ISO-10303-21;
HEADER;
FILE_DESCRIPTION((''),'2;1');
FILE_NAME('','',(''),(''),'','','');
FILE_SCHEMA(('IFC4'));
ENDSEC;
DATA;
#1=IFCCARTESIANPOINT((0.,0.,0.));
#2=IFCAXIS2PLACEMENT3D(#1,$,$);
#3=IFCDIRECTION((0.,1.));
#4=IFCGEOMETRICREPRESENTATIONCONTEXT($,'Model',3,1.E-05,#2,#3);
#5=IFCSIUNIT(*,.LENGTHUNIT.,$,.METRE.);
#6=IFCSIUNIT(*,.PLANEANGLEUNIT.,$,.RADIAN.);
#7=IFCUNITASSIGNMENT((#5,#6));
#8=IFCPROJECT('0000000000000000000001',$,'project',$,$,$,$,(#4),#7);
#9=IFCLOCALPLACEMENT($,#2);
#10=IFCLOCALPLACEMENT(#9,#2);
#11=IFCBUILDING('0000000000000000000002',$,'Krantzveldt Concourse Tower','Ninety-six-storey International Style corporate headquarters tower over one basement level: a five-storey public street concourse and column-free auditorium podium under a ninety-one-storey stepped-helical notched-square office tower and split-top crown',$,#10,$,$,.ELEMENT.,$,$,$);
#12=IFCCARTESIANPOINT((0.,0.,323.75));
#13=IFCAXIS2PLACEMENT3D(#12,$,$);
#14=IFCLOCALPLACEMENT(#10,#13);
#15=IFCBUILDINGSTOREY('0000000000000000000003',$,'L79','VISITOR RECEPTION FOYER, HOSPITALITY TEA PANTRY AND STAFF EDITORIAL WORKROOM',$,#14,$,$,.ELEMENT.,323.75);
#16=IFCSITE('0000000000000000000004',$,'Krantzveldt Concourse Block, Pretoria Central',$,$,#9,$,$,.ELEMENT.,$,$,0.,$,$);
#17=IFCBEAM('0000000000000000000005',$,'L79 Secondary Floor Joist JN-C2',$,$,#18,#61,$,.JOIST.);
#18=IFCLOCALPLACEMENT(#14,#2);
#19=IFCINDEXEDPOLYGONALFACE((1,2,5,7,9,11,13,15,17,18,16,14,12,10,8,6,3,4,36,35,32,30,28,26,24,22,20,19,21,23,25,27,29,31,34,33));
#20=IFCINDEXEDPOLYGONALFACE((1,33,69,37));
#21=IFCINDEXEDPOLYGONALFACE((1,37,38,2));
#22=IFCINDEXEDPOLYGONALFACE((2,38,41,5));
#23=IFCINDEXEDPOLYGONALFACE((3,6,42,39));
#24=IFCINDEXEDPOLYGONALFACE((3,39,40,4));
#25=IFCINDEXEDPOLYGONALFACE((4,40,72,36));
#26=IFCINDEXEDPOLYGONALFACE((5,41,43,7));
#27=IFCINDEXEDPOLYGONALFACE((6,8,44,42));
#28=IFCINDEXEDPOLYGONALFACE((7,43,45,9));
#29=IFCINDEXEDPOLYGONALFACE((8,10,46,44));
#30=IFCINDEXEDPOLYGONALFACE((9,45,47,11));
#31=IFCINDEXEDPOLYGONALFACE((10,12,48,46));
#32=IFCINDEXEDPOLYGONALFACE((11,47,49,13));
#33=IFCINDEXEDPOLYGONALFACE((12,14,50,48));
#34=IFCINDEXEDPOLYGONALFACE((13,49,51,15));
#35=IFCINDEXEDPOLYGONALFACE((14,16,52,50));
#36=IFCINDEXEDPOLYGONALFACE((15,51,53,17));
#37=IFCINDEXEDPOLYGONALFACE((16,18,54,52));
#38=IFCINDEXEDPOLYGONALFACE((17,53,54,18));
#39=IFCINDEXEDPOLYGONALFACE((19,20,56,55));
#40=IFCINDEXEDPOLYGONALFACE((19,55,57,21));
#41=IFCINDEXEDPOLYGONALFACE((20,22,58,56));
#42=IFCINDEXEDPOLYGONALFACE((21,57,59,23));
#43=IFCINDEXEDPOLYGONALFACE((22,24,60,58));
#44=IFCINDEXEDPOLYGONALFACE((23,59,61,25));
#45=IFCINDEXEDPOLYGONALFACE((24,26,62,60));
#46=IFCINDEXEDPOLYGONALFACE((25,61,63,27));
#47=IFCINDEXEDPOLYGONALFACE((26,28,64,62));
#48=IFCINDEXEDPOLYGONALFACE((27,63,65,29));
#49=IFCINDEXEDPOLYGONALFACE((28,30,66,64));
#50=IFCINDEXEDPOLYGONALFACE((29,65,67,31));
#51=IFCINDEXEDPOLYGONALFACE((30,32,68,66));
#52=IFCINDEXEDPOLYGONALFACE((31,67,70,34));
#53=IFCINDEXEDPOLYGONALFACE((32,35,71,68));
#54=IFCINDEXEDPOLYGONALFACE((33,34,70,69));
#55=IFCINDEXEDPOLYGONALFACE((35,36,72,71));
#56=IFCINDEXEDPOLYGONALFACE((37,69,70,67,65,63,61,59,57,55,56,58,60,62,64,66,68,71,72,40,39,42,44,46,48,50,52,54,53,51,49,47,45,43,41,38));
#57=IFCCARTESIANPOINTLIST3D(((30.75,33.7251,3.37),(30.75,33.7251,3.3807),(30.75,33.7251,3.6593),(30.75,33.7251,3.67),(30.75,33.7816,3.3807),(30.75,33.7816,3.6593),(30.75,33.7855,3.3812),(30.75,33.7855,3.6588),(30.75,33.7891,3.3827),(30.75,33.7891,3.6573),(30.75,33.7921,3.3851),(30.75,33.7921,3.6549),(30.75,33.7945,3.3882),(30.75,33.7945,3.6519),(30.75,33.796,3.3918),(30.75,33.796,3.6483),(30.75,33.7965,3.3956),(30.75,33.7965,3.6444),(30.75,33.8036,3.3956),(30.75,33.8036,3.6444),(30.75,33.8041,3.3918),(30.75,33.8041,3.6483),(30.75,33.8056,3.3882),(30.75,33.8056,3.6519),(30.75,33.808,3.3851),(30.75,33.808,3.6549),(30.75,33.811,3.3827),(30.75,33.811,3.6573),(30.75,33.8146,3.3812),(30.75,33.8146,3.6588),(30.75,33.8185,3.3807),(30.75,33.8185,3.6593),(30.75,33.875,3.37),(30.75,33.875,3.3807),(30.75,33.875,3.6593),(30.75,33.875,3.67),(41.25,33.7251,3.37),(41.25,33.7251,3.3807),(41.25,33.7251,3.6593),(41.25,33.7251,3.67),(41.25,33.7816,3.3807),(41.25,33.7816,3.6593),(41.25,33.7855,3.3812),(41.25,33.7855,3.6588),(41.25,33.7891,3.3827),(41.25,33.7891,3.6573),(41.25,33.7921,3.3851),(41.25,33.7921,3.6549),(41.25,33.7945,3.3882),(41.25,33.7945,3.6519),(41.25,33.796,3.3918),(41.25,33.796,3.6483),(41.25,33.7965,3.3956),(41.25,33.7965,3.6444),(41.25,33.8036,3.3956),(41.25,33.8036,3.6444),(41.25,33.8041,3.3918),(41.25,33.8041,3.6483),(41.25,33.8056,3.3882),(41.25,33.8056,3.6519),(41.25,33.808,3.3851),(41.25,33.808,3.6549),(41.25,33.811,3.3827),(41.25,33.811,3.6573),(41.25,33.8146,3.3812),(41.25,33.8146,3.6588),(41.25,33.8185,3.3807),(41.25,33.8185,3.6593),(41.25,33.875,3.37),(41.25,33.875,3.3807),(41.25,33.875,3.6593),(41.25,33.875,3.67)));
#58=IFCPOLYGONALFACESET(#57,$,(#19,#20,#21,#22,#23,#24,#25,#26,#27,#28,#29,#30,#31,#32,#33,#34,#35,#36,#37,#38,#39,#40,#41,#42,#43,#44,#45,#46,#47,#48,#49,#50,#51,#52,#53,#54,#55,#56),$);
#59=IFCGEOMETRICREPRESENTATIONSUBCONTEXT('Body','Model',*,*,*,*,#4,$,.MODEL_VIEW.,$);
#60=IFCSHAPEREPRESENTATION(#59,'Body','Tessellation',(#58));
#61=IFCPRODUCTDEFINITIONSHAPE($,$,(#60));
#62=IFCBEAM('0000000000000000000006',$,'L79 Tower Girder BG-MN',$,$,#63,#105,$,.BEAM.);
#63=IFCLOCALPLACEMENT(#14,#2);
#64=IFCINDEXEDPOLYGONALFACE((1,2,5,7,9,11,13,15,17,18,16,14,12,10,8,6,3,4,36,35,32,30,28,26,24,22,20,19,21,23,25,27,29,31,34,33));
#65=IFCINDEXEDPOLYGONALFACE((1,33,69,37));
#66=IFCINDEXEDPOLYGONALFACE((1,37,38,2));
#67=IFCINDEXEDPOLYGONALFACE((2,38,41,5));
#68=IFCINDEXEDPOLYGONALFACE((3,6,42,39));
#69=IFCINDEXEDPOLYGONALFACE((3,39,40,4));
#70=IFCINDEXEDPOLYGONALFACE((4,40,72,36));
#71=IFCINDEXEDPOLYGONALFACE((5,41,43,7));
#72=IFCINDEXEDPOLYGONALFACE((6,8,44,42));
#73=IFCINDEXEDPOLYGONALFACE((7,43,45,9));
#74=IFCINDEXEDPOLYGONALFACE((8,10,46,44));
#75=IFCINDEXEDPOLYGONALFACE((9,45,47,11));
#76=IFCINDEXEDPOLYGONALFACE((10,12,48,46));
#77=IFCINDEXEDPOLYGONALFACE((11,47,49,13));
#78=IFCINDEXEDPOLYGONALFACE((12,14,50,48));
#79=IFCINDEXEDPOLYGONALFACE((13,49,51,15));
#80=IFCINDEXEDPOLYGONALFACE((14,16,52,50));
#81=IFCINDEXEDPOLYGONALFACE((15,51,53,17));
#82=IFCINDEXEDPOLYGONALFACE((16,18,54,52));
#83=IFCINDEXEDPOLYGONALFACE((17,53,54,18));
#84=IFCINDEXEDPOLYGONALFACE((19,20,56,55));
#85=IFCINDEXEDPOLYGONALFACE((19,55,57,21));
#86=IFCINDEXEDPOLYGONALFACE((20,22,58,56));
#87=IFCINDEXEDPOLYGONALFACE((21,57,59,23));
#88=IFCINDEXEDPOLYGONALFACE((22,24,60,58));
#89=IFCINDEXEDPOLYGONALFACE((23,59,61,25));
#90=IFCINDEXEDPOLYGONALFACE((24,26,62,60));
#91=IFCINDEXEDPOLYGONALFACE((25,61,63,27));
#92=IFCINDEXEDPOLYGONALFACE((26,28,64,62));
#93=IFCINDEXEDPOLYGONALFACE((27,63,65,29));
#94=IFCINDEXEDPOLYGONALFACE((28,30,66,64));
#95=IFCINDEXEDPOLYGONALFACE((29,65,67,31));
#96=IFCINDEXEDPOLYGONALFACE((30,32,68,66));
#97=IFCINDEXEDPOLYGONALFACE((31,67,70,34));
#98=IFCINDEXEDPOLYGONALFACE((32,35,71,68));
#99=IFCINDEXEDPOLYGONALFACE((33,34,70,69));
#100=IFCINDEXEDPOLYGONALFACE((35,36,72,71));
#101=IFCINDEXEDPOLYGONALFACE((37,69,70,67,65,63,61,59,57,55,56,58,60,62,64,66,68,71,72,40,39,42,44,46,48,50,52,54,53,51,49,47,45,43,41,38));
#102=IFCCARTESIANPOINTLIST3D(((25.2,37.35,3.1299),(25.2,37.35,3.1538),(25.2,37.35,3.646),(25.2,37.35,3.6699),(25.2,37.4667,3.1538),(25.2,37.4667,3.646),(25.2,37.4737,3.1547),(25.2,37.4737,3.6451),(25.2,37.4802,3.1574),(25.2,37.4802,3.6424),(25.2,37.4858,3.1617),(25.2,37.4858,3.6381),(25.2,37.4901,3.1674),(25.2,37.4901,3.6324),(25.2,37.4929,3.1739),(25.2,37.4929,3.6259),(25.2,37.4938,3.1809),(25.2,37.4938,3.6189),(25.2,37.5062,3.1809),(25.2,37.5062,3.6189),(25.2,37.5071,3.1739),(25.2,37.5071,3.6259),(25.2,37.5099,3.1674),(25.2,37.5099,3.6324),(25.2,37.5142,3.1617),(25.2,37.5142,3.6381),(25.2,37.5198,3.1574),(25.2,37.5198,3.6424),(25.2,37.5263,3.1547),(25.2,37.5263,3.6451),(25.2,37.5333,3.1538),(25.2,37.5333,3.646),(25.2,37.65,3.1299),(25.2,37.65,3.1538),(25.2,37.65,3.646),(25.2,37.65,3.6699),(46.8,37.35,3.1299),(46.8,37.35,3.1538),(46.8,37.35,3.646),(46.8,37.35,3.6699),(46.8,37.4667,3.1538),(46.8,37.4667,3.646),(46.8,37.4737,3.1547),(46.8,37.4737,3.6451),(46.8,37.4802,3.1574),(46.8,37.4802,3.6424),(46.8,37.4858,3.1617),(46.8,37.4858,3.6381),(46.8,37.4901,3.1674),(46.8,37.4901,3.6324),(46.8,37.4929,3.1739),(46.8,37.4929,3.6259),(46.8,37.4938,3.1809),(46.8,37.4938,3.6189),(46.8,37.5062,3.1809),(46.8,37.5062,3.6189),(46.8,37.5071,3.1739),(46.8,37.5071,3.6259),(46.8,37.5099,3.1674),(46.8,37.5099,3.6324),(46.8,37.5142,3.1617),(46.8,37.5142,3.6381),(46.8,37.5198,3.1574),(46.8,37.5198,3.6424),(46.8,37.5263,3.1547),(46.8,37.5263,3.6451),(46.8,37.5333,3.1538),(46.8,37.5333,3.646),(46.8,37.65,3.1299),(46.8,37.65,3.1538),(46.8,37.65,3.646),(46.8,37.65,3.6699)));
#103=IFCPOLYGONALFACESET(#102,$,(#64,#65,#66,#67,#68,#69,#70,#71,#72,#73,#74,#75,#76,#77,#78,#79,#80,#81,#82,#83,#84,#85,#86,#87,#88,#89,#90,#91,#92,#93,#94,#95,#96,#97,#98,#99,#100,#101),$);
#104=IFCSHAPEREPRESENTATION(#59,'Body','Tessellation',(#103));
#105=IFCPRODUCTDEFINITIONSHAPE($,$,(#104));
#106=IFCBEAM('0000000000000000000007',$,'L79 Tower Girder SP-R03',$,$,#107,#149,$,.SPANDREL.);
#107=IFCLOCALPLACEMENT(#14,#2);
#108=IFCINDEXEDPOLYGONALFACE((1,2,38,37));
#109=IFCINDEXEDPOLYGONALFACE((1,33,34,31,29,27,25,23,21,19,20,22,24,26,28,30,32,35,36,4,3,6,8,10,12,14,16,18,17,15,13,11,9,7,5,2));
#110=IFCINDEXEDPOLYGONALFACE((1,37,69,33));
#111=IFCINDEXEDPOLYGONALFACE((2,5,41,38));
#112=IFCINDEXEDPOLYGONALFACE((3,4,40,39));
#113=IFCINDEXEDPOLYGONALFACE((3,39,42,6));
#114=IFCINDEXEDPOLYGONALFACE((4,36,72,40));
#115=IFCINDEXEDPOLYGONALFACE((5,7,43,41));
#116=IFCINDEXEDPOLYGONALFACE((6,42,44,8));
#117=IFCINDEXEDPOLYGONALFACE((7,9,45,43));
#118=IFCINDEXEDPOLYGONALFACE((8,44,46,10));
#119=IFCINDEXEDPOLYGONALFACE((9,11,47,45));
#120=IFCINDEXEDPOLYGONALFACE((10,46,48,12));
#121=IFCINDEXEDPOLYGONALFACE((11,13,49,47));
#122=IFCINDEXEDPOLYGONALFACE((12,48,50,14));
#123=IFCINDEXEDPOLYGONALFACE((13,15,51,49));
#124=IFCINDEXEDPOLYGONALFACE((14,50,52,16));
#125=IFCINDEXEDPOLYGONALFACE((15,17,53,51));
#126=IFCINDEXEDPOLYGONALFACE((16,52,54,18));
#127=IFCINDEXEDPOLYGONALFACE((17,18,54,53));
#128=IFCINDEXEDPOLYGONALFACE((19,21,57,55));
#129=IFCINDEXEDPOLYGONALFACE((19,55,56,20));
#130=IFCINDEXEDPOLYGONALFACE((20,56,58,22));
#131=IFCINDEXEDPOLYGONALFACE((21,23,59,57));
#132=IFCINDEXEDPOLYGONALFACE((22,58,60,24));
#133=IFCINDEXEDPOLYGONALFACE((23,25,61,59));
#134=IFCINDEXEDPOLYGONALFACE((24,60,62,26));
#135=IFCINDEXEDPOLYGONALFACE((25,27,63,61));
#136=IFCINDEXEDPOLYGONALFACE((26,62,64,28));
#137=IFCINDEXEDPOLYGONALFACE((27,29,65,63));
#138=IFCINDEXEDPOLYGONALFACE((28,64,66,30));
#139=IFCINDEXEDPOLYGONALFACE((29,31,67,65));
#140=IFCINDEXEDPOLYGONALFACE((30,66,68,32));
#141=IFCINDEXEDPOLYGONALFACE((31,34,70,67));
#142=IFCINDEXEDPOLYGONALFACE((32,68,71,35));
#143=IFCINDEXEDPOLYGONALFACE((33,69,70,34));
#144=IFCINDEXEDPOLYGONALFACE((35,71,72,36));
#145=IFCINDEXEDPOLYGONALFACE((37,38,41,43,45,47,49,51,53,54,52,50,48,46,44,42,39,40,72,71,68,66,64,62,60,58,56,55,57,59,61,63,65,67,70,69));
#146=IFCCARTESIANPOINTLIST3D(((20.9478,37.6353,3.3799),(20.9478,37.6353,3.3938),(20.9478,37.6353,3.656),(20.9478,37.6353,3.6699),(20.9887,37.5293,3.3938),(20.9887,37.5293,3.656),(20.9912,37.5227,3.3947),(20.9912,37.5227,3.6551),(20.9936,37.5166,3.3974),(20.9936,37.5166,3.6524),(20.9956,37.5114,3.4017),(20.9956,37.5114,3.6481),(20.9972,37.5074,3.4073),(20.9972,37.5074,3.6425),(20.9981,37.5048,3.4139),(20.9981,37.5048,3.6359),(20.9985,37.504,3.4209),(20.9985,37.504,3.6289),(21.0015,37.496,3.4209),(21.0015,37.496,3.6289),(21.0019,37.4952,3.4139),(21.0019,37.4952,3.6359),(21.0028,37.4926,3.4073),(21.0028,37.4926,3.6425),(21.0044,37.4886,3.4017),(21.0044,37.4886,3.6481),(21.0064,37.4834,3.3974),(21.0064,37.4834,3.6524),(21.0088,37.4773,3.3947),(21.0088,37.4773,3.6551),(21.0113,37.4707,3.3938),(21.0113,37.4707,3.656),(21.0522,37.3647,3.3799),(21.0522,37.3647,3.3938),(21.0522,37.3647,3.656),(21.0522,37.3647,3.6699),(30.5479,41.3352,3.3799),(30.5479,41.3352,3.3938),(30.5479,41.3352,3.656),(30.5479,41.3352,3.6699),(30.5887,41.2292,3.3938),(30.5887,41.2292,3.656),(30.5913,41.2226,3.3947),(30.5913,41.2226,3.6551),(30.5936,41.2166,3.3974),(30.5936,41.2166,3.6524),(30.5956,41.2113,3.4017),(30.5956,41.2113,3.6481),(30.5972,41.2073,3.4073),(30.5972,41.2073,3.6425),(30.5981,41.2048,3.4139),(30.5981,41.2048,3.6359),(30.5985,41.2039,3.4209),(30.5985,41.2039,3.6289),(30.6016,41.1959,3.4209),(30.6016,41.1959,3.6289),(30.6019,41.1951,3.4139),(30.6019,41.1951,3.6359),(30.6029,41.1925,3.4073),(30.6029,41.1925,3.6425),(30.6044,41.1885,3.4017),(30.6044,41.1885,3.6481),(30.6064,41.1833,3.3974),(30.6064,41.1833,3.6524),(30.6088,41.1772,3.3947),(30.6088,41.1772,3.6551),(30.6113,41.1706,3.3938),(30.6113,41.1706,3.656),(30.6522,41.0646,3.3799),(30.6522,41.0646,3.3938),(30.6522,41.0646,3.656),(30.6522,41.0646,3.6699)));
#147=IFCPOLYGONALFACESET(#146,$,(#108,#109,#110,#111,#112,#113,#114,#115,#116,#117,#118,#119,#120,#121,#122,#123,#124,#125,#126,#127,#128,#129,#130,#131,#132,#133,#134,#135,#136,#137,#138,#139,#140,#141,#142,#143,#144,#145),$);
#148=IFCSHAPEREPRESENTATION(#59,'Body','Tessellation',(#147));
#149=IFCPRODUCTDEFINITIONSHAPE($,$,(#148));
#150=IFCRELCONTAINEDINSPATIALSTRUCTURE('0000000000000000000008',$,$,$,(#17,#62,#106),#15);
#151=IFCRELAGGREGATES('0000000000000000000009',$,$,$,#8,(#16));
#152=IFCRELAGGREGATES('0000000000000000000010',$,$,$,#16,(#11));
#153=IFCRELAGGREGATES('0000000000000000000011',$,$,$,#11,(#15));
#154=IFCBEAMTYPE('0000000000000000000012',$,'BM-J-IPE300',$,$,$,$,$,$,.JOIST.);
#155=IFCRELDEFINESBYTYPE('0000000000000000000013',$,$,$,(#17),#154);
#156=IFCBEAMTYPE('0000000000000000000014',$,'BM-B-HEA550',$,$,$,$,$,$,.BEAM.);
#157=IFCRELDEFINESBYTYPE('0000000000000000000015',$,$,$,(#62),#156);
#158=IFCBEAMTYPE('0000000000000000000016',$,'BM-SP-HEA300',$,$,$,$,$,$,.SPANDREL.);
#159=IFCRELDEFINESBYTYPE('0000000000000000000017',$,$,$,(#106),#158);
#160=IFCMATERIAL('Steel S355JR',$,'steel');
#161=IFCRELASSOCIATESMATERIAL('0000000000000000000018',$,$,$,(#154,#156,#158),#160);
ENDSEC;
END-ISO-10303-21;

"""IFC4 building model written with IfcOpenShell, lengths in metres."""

from ifc_helpers import new_model, si_unit, direction, frame, origin, origin_2d, place, context, subcontext, project, spatial, i_section, extrude, source, transform, mapped, material, material_profile, profile_set, type_object, type_shapes, element, save


model = new_model("IFC4")

# Units and contexts
model_context = context("Model", 3, precision=1e-05, world=origin(), true_north=direction((0.0, 1.0)))
body_context = subcontext(model_context, "Body", "Model", "MODEL_VIEW")
ifc_project = project(units=[si_unit("LENGTHUNIT", "METRE"), si_unit("PLANEANGLEUNIT", "RADIAN")], contexts=[model_context])

# Site, building, storey
site_placement = place(None, origin())
site = spatial("IfcSite", under=ifc_project, at=site_placement, Name="Krantzveldt Concourse Block, Pretoria Central", CompositionType="ELEMENT", RefElevation=0.0)
building_placement = place(site_placement, origin())
building = spatial("IfcBuilding", under=site, at=building_placement, Name="Krantzveldt Concourse Tower", Description="Ninety-six-storey International Style corporate headquarters tower over one basement level: a five-storey public street concourse and column-free auditorium podium under a ninety-one-storey stepped-helical notched-square office tower and split-top crown", CompositionType="ELEMENT")
storey_placement = place(building_placement, frame((0.0, 0.0, 323.75)))
storey = spatial("IfcBuildingStorey", under=building, at=storey_placement, Name="L79", Description="VISITOR RECEPTION FOYER, HOSPITALITY TEA PANTRY AND STAFF EDITORIAL WORKROOM", CompositionType="ELEMENT", Elevation=323.75)

# Beams
ifc_material_1 = material(Name="Steel S355JR", Category="steel")
ifc_material_profile_1 = material_profile(ifc_material_1, i_section(OverallWidth=0.1499, OverallDepth=0.3, WebThickness=0.0071, FlangeThickness=0.0107, FilletRadius=0.0149, at=origin_2d()), Name="Steel S355JR", Category="steel")
ifc_profile_set_1 = profile_set([ifc_material_profile_1], Name="Steel S355JR - IPE 300")
beam_type_1 = type_object("IfcBeamType", Name="BM-J-IPE300", PredefinedType="JOIST", material=ifc_profile_set_1)
shared_shape_1 = source(origin(), body_context, "Body", "SweptSolid", [
    extrude(i_section(OverallWidth=0.1499, OverallDepth=0.3, WebThickness=0.0071, FlangeThickness=0.0107, FilletRadius=0.0149, at=origin_2d()), origin(), (0.0, 0.0, 1.0), 10.5),
])
beam_1_placement = place(storey_placement, frame((30.75, 33.8, 3.52), z_axis=(1.0, 0.0, 0.0), x_axis=(0.0, 1.0, 0.0)))
element("IfcBeam", 1, at=beam_1_placement, inside=storey, type_object=beam_type_1, Name="L79 Secondary Floor Joist JN-C2", PredefinedType="JOIST", context=body_context, shape_type="MappedRepresentation", body=[
    mapped(shared_shape_1, transform((0.0, 0.0, 0.0), x_axis=(1.0, 0.0, 0.0), y_axis=(0.0, 1.0, 0.0), z_axis=(0.0, 0.0, 1.0), scale=1.0)),
])
ifc_material_profile_2 = material_profile(ifc_material_1, i_section(OverallWidth=0.3, OverallDepth=0.54, WebThickness=0.0125, FlangeThickness=0.0239, FilletRadius=0.0271, at=origin_2d()), Name="Steel S355JR", Category="steel")
ifc_profile_set_2 = profile_set([ifc_material_profile_2], Name="Steel S355JR - HEA 550")
beam_type_2 = type_object("IfcBeamType", Name="BM-B-HEA550", PredefinedType="BEAM", material=ifc_profile_set_2)
shared_shape_2 = source(origin(), body_context, "Body", "SweptSolid", [
    extrude(i_section(OverallWidth=0.3, OverallDepth=0.54, WebThickness=0.0125, FlangeThickness=0.0239, FilletRadius=0.0271, at=origin_2d()), origin(), (0.0, 0.0, 1.0), 21.6001),
])
type_shapes(beam_type_2, [shared_shape_2])
beam_2_placement = place(storey_placement, frame((25.2, 37.5, 3.3999), z_axis=(1.0, 0.0, 0.0), x_axis=(0.0, 1.0, 0.0)))
element("IfcBeam", 2, at=beam_2_placement, inside=storey, type_object=beam_type_2, Name="L79 Tower Girder BG-MN", PredefinedType="BEAM", context=body_context, shape_type="MappedRepresentation", body=[
    mapped(shared_shape_2, transform((0.0, 0.0, 0.0), x_axis=(1.0, 0.0, 0.0), y_axis=(0.0, 1.0, 0.0), z_axis=(0.0, 0.0, 1.0), scale=1.0)),
])
ifc_material_profile_3 = material_profile(ifc_material_1, i_section(OverallWidth=0.29, OverallDepth=0.29, WebThickness=0.0085, FlangeThickness=0.0139, FilletRadius=0.0271, at=origin_2d()), Name="Steel S355JR", Category="steel")
ifc_profile_set_3 = profile_set([ifc_material_profile_3], Name="Steel S355JR - HEA 300")
beam_type_3 = type_object("IfcBeamType", Name="BM-SP-HEA300", PredefinedType="SPANDREL", material=ifc_profile_set_3)
shared_shape_3 = source(origin(), body_context, "Body", "SweptSolid", [
    extrude(i_section(OverallWidth=0.29, OverallDepth=0.29, WebThickness=0.0085, FlangeThickness=0.0139, FilletRadius=0.0271, at=origin_2d()), origin(), (0.0, 0.0, 1.0), 10.2883),
])
beam_3_placement = place(storey_placement, frame((21.0, 37.5, 3.5249), z_axis=(0.933098, 0.359623, 0.0), x_axis=(-0.359623, 0.933098, 0.0)))
element("IfcBeam", 3, at=beam_3_placement, inside=storey, type_object=beam_type_3, Name="L79 Tower Girder SP-R03", PredefinedType="SPANDREL", context=body_context, shape_type="MappedRepresentation", body=[
    mapped(shared_shape_3, transform((0.0, 0.0, 0.0), x_axis=(1.0, 0.0, 0.0), y_axis=(0.0, 1.0, 0.0), z_axis=(0.0, 0.0, 1.0), scale=1.0)),
])

save(model, "model.ifc")
